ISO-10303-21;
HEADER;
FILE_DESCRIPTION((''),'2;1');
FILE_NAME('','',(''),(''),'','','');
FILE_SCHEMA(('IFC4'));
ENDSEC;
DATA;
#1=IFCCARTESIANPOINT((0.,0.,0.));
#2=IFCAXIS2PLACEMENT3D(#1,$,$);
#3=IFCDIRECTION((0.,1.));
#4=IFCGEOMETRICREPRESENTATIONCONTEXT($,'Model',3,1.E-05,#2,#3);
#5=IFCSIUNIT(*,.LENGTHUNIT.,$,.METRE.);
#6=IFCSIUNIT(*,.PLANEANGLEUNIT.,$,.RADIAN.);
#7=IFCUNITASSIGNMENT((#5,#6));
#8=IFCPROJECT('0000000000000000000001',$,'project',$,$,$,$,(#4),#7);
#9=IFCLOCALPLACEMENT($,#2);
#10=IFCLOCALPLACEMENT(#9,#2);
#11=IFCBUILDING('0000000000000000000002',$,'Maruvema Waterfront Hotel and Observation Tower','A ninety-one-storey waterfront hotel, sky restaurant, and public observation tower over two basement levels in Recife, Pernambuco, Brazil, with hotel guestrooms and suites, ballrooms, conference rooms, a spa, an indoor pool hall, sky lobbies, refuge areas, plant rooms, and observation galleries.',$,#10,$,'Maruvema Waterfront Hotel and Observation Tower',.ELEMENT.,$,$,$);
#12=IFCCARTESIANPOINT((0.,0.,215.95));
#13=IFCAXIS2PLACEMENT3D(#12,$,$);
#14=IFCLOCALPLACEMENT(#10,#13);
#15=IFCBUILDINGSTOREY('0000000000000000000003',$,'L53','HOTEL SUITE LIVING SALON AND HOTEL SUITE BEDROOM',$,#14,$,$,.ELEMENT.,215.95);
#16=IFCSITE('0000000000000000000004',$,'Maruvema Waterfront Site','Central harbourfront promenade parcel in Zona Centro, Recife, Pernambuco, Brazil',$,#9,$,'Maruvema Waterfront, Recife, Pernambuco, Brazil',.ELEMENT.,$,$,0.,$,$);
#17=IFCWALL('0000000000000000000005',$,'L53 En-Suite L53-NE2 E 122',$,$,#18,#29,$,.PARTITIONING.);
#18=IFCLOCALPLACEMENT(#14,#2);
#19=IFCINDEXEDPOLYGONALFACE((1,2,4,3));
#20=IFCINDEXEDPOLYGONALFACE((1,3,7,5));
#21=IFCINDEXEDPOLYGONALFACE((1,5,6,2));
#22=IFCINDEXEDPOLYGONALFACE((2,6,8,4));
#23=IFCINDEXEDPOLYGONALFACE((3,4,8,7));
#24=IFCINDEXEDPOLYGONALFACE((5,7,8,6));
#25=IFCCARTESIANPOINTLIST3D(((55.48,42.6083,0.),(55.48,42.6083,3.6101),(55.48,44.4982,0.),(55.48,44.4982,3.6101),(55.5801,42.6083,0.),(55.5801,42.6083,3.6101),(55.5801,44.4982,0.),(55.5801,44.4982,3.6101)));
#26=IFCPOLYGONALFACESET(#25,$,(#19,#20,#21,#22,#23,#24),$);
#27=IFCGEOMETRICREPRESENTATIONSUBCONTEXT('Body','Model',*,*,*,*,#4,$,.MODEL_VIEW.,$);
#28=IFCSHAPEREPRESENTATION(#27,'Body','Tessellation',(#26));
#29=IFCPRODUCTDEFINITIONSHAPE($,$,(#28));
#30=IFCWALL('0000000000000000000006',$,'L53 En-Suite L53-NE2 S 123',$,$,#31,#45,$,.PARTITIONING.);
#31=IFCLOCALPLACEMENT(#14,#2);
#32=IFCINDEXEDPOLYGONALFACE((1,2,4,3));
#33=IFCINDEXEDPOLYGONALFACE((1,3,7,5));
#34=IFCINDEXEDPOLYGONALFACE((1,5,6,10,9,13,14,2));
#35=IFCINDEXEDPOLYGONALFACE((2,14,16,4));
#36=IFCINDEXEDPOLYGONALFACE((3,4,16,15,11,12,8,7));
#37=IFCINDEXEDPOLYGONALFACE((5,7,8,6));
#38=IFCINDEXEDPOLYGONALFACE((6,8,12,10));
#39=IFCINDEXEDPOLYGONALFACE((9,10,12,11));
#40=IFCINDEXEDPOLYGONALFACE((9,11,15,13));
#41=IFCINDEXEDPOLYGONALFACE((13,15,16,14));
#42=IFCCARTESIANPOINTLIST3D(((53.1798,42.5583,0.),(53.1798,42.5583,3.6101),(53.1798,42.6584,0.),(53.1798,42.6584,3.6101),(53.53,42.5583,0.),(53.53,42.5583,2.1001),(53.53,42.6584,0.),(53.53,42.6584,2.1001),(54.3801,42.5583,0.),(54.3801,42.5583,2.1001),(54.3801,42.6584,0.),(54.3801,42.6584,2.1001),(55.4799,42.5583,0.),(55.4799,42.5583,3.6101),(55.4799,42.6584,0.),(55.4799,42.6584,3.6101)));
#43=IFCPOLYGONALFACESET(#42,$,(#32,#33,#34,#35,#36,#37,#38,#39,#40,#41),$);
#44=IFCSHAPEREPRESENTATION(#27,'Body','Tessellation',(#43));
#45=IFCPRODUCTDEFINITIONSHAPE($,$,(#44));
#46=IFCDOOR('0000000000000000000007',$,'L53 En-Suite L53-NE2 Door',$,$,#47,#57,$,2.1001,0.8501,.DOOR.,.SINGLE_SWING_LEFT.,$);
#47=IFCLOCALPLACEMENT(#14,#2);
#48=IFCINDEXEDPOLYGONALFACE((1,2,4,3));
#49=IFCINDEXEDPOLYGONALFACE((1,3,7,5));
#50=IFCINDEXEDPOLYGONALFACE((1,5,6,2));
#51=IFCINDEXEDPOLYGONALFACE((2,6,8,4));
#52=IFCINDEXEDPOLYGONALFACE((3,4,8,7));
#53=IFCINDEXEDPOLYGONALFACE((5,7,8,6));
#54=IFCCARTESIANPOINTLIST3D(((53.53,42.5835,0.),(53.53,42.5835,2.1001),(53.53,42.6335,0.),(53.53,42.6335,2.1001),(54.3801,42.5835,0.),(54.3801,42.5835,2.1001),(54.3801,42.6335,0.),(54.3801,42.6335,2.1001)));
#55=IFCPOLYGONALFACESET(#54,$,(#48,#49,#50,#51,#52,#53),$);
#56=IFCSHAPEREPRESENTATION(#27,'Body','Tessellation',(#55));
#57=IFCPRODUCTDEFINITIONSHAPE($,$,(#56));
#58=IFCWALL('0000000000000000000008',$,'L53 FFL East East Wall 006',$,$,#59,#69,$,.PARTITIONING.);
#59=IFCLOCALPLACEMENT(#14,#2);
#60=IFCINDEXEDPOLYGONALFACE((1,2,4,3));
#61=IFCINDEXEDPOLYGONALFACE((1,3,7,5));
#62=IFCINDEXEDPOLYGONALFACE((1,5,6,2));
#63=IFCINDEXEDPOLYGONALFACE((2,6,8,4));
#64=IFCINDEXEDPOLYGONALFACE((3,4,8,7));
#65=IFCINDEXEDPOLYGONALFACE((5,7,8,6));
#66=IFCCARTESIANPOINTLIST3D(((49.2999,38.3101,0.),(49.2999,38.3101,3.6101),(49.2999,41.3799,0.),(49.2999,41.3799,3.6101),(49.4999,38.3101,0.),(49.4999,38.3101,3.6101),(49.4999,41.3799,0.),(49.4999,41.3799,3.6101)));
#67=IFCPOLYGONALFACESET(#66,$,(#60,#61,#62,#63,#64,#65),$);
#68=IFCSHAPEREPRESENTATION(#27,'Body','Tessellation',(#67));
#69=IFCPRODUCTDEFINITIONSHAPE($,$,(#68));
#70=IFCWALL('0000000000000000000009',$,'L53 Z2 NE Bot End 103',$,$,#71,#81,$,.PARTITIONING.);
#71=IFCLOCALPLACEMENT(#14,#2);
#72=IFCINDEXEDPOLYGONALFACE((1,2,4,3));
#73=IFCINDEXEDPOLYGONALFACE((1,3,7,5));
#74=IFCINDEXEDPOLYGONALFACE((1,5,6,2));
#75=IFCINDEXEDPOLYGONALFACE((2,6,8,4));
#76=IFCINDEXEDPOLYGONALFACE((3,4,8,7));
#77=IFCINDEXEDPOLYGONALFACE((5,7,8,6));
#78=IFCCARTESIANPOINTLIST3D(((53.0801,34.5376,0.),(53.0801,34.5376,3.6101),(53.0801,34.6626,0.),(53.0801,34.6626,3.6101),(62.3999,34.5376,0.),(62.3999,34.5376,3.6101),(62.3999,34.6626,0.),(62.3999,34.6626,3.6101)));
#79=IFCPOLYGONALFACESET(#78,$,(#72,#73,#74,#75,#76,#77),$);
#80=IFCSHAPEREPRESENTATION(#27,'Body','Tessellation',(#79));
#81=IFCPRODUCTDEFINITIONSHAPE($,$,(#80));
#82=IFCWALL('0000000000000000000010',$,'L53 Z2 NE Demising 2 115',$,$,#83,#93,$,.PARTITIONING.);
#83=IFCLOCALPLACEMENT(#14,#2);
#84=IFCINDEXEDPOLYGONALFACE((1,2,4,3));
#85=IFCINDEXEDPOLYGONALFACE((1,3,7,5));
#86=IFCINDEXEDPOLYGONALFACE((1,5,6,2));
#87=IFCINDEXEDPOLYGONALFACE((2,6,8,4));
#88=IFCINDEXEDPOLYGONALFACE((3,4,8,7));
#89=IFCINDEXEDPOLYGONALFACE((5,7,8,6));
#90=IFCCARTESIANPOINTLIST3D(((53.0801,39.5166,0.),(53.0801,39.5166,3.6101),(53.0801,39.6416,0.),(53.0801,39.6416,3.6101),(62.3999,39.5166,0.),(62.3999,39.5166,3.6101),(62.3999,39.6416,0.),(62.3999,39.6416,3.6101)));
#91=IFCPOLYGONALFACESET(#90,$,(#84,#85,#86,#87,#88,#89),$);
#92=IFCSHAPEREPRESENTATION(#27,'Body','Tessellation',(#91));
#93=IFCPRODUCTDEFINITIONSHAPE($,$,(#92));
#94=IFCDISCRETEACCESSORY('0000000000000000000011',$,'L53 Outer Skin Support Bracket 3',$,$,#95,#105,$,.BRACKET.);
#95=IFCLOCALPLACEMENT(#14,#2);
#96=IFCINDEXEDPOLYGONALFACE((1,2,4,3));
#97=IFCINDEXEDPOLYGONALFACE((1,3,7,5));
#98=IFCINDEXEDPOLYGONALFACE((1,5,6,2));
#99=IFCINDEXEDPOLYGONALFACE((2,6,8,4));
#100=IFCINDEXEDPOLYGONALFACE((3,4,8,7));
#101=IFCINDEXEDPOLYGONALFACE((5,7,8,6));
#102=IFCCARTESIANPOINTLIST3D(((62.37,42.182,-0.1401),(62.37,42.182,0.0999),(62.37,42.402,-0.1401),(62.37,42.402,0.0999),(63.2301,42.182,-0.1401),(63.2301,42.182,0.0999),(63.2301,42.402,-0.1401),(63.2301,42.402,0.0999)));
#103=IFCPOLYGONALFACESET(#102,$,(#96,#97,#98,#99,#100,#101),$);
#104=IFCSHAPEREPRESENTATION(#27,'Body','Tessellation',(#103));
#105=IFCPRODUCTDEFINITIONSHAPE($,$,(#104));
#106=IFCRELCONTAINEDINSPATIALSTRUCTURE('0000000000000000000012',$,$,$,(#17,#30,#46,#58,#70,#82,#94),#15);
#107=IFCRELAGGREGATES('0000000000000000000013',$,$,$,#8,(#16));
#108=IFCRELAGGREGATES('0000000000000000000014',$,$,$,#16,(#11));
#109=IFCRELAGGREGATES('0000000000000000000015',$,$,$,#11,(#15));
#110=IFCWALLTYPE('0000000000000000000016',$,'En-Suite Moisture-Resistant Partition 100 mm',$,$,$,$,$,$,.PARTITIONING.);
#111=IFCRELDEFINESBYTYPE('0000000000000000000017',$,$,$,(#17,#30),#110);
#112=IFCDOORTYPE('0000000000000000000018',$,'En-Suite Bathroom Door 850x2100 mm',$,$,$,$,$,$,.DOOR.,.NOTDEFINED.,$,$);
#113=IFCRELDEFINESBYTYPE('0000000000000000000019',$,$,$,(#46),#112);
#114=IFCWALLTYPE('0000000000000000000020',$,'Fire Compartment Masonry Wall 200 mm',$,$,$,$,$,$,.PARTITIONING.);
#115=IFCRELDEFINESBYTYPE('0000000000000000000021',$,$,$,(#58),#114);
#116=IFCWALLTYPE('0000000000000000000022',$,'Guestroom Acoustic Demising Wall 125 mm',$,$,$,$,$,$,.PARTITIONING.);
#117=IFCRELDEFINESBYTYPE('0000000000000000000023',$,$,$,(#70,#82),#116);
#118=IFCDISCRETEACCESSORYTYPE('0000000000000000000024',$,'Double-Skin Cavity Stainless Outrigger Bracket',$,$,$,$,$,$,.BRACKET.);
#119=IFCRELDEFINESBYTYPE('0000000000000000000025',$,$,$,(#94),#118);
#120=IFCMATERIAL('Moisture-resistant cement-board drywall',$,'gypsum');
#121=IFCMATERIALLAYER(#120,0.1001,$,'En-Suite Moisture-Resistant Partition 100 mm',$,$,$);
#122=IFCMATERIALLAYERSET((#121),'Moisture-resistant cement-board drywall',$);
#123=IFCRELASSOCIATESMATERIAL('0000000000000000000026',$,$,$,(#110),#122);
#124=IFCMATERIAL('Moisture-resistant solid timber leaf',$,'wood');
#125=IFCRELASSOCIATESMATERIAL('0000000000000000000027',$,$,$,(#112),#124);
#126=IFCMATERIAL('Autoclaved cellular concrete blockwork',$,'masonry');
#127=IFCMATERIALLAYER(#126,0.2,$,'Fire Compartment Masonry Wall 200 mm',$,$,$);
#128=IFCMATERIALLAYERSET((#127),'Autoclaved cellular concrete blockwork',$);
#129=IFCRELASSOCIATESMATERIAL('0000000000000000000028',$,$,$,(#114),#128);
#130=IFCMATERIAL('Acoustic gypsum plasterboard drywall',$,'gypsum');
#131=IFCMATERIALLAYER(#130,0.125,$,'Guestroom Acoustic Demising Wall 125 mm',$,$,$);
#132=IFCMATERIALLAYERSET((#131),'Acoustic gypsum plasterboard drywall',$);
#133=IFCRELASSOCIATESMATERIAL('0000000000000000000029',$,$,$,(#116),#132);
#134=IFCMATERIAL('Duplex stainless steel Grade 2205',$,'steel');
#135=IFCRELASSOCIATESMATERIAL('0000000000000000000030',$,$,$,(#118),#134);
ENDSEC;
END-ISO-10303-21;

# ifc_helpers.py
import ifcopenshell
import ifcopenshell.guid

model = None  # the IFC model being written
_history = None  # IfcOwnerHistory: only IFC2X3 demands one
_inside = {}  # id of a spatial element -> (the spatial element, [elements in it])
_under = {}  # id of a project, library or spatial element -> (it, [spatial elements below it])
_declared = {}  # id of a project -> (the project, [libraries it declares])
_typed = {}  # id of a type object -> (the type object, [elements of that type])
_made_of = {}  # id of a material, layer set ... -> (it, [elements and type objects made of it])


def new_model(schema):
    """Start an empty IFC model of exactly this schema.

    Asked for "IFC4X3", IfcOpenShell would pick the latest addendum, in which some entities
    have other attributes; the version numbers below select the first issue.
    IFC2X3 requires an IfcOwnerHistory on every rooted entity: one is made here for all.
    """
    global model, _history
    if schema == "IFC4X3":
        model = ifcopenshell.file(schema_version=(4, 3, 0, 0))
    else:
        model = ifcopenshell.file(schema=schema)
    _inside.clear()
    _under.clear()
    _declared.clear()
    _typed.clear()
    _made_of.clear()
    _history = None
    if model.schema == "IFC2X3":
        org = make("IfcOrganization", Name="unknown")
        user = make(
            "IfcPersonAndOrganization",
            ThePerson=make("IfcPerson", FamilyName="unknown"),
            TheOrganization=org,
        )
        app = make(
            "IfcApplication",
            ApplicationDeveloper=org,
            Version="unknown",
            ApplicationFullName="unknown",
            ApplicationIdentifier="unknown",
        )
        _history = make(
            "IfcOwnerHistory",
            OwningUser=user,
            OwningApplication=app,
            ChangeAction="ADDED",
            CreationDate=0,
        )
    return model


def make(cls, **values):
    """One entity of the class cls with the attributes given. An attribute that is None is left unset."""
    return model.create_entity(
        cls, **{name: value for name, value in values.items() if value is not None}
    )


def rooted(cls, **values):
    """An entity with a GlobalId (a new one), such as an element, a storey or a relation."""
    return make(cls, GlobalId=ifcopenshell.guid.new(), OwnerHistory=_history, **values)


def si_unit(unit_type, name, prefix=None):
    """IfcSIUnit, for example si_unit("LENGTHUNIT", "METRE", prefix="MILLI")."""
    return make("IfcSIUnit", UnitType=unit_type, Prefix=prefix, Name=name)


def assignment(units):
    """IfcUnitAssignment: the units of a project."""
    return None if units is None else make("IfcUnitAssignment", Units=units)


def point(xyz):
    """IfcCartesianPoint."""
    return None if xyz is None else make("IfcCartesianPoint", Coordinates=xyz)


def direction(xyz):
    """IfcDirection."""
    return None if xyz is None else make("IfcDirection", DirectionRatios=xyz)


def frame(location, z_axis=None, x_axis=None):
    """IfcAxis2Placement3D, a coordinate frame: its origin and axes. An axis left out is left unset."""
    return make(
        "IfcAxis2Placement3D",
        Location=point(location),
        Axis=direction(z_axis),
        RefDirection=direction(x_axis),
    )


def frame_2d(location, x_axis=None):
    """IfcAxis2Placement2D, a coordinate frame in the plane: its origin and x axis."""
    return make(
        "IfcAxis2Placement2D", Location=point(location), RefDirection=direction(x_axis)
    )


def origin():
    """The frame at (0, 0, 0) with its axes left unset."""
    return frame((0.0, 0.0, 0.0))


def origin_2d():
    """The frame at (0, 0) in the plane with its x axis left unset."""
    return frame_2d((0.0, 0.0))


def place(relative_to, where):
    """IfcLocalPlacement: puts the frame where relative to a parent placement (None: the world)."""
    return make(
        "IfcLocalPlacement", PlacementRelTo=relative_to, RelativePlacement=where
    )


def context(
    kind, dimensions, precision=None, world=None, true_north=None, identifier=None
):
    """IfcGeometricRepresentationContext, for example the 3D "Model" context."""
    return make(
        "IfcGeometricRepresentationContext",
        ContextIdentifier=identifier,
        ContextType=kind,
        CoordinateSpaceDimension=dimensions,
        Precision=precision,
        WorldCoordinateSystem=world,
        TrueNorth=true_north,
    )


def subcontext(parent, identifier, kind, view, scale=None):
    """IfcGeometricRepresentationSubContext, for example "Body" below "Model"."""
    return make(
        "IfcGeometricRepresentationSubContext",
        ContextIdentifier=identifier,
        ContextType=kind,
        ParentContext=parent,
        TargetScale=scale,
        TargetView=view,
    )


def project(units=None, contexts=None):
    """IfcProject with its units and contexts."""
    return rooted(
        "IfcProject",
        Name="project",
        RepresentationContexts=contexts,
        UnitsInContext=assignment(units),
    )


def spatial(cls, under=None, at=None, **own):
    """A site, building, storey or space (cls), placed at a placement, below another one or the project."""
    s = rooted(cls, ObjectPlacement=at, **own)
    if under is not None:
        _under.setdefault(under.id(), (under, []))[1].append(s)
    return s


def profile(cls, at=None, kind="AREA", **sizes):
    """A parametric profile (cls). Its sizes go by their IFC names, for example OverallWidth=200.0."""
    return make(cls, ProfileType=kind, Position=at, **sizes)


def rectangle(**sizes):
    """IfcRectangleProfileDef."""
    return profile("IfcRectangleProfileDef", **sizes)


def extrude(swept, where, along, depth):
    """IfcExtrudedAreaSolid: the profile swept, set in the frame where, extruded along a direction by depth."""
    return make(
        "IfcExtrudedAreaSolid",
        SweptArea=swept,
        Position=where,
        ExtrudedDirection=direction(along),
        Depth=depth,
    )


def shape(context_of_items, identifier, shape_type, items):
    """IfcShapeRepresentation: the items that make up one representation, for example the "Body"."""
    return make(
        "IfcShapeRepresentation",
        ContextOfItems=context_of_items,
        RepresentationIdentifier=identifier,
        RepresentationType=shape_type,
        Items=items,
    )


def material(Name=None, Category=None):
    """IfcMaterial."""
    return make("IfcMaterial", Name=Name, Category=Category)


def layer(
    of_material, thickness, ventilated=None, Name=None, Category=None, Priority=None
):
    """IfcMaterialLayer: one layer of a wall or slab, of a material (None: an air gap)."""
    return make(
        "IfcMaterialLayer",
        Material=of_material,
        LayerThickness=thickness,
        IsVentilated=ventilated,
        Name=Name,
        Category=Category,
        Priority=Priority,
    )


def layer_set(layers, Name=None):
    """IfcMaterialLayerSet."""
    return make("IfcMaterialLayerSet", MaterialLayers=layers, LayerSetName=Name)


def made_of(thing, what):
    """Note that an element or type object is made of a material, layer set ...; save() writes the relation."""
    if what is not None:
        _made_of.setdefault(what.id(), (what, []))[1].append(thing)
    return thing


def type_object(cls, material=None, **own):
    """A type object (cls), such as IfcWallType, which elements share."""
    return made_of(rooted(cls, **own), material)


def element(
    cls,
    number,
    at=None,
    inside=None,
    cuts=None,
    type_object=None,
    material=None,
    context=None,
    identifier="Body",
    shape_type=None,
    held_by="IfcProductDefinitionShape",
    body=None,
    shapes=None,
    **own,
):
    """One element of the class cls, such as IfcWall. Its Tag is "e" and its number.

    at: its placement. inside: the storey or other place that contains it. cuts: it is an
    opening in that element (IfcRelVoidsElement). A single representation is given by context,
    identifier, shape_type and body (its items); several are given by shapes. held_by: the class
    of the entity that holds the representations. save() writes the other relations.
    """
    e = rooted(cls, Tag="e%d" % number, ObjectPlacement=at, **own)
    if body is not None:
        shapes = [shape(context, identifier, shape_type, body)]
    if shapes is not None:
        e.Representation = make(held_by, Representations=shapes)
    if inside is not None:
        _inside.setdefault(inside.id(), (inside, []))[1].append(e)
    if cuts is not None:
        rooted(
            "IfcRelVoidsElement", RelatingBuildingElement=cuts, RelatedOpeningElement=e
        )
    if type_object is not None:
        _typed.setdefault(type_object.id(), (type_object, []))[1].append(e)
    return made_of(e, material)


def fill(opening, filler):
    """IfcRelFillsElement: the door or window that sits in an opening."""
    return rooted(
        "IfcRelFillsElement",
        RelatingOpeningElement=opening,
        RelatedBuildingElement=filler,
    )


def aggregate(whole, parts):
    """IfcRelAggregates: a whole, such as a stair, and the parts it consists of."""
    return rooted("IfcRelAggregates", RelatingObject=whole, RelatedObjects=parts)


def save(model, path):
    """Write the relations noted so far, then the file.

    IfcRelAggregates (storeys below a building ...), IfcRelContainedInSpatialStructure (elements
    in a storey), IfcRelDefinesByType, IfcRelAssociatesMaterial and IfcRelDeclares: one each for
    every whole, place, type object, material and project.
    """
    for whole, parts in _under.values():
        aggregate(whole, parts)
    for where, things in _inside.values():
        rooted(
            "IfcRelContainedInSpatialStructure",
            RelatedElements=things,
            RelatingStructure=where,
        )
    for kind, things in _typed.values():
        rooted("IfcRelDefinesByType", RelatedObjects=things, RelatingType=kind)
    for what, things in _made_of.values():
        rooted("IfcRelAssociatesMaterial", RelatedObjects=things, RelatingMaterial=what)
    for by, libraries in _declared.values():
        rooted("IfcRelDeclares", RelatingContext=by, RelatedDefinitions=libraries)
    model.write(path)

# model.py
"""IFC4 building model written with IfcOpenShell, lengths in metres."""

from ifc_helpers import new_model, si_unit, direction, frame, frame_2d, origin, origin_2d, place, context, subcontext, project, spatial, rectangle, extrude, material, layer, layer_set, type_object, element, fill, save


model = new_model("IFC4")

# Units and contexts
model_context = context("Model", 3, precision=1e-05, world=origin(), true_north=direction((0.0, 1.0)))
body_context = subcontext(model_context, "Body", "Model", "MODEL_VIEW")
ifc_project = project(units=[si_unit("LENGTHUNIT", "METRE"), si_unit("PLANEANGLEUNIT", "RADIAN")], contexts=[model_context])

# Site, building, storey
site_placement = place(None, origin())
site = spatial("IfcSite", under=ifc_project, at=site_placement, Name="Maruvema Waterfront Site", Description="Central harbourfront promenade parcel in Zona Centro, Recife, Pernambuco, Brazil", LongName="Maruvema Waterfront, Recife, Pernambuco, Brazil", CompositionType="ELEMENT", RefElevation=0.0)
building_placement = place(site_placement, origin())
building = spatial("IfcBuilding", under=site, at=building_placement, Name="Maruvema Waterfront Hotel and Observation Tower", Description="A ninety-one-storey waterfront hotel, sky restaurant, and public observation tower over two basement levels in Recife, Pernambuco, Brazil, with hotel guestrooms and suites, ballrooms, conference rooms, a spa, an indoor pool hall, sky lobbies, refuge areas, plant rooms, and observation galleries.", LongName="Maruvema Waterfront Hotel and Observation Tower", CompositionType="ELEMENT")
storey_placement = place(building_placement, frame((0.0, 0.0, 215.95)))
storey = spatial("IfcBuildingStorey", under=building, at=storey_placement, Name="L53", Description="HOTEL SUITE LIVING SALON AND HOTEL SUITE BEDROOM", CompositionType="ELEMENT", Elevation=215.95)

# Shared definitions
ifc_material_1 = material(Name="Moisture-resistant cement-board drywall", Category="gypsum")
ifc_layer_1 = layer(ifc_material_1, 0.1001, Name="En-Suite Moisture-Resistant Partition 100 mm")
ifc_layer_set_1 = layer_set([ifc_layer_1], Name="Moisture-resistant cement-board drywall")
wall_type_1 = type_object("IfcWallType", Name="En-Suite Moisture-Resistant Partition 100 mm", PredefinedType="PARTITIONING", material=ifc_layer_set_1)

# Shared definitions
ifc_material_2 = material(Name="Moisture-resistant solid timber leaf", Category="wood")
door_type_1 = type_object("IfcDoorType", Name="En-Suite Bathroom Door 850x2100 mm", OperationType="NOTDEFINED", PredefinedType="DOOR", material=ifc_material_2)

# Wall
wall_1_placement = place(storey_placement, frame((55.53, 42.6084, 0.0), z_axis=(0.0, 0.0, 1.0), x_axis=(0.0, 1.0, 0.0)))
element("IfcWall", 1, at=wall_1_placement, inside=storey, type_object=wall_type_1, Name="L53 En-Suite L53-NE2 E 122", PredefinedType="PARTITIONING", context=body_context, shape_type="SweptSolid", body=[
    extrude(rectangle(XDim=1.8899, YDim=0.1001, at=frame_2d((0.9448, 0.0))), origin(), (0.0, 0.0, 1.0), 3.6101),
])

# Wall, opening, door
wall_2_placement = place(storey_placement, frame((53.1799, 42.6084, 0.0), z_axis=(0.0, 0.0, 1.0), x_axis=(1.0, 0.0, 0.0)))
wall_2 = element("IfcWall", 2, at=wall_2_placement, inside=storey, type_object=wall_type_1, Name="L53 En-Suite L53-NE2 S 123", PredefinedType="PARTITIONING", context=body_context, shape_type="SweptSolid", body=[
    extrude(rectangle(XDim=2.3, YDim=0.1001, at=frame_2d((1.1499, 0.0))), origin(), (0.0, 0.0, 1.0), 3.6101),
])
opening_1_placement = place(wall_2_placement, frame((0.3501, 0.0, 0.0)))
opening_1 = element("IfcOpeningElement", 3, at=opening_1_placement, cuts=wall_2, PredefinedType="OPENING", context=body_context, shape_type="SweptSolid", body=[
    extrude(rectangle(XDim=0.8501, YDim=2.1001, at=frame_2d((0.425, 1.05))), frame((0.0, 0.0601, 0.0), z_axis=(0.0, -1.0, 0.0), x_axis=(1.0, 0.0, 0.0)), (0.0, 0.0, 1.0), 0.1201),
])
door_1_placement = place(opening_1_placement, frame((0.8501, 0.0, 0.0), z_axis=(0.0, 0.0, 1.0), x_axis=(-1.0, 0.0, 0.0)))
door_1 = element("IfcDoor", 4, at=door_1_placement, inside=storey, type_object=door_type_1, Name="L53 En-Suite L53-NE2 Door", OperationType="SINGLE_SWING_LEFT", OverallHeight=2.1001, OverallWidth=0.8501, PredefinedType="DOOR", context=body_context, shape_type="SweptSolid", body=[
    extrude(rectangle(XDim=0.8501, YDim=2.1001, at=frame_2d((0.425, 1.05))), frame((0.0, 0.0249, 0.0), z_axis=(0.0, -1.0, 0.0), x_axis=(1.0, 0.0, 0.0)), (0.0, 0.0, 1.0), 0.05),
])
fill(opening_1, door_1)

# Walls
ifc_material_3 = material(Name="Autoclaved cellular concrete blockwork", Category="masonry")
ifc_layer_2 = layer(ifc_material_3, 0.2, Name="Fire Compartment Masonry Wall 200 mm")
ifc_layer_set_2 = layer_set([ifc_layer_2], Name="Autoclaved cellular concrete blockwork")
wall_type_2 = type_object("IfcWallType", Name="Fire Compartment Masonry Wall 200 mm", PredefinedType="PARTITIONING", material=ifc_layer_set_2)
wall_3_placement = place(storey_placement, frame((49.3999, 38.3101, 0.0), z_axis=(0.0, 0.0, 1.0), x_axis=(0.0, 1.0, 0.0)))
element("IfcWall", 5, at=wall_3_placement, inside=storey, type_object=wall_type_2, Name="L53 FFL East East Wall 006", PredefinedType="PARTITIONING", context=body_context, shape_type="SweptSolid", body=[
    extrude(rectangle(XDim=3.0698, YDim=0.2, at=frame_2d((1.5349, 0.0))), origin(), (0.0, 0.0, 1.0), 3.6101),
])
ifc_material_4 = material(Name="Acoustic gypsum plasterboard drywall", Category="gypsum")
ifc_layer_3 = layer(ifc_material_4, 0.125, Name="Guestroom Acoustic Demising Wall 125 mm")
ifc_layer_set_3 = layer_set([ifc_layer_3], Name="Acoustic gypsum plasterboard drywall")
wall_type_3 = type_object("IfcWallType", Name="Guestroom Acoustic Demising Wall 125 mm", PredefinedType="PARTITIONING", material=ifc_layer_set_3)
for number, where, z_axis, x_axis, name in (
    (6, (53.0801, 34.6001, 0.0), (0.0, 0.0, 1.0), (1.0, 0.0, 0.0), "L53 Z2 NE Bot End 103"),
    (7, (53.0801, 39.5791, 0.0), (0.0, 0.0, 1.0), (1.0, 0.0, 0.0), "L53 Z2 NE Demising 2 115"),
):
    element("IfcWall", number, at=place(storey_placement, frame(where, z_axis=z_axis, x_axis=x_axis)), inside=storey, type_object=wall_type_3, Name=name, PredefinedType="PARTITIONING", context=body_context, shape_type="SweptSolid", body=[
        extrude(rectangle(XDim=9.3198, YDim=0.125, at=frame_2d((4.6599, 0.0))), origin(), (0.0, 0.0, 1.0), 3.6101),
    ])

# Discrete accessory
ifc_material_5 = material(Name="Duplex stainless steel Grade 2205", Category="steel")
discrete_accessory_type = type_object("IfcDiscreteAccessoryType", Name="Double-Skin Cavity Stainless Outrigger Bracket", PredefinedType="BRACKET", material=ifc_material_5)
discrete_accessory_placement = place(storey_placement, frame((62.8, 42.292, -0.1401), z_axis=(0.0, 0.0, 1.0), x_axis=(0.0, 1.0, 0.0)))
element("IfcDiscreteAccessory", 8, at=discrete_accessory_placement, inside=storey, type_object=discrete_accessory_type, Name="L53 Outer Skin Support Bracket 3", PredefinedType="BRACKET", context=body_context, shape_type="SweptSolid", body=[
    extrude(rectangle(XDim=0.22, YDim=0.8601, at=origin_2d()), origin(), (0.0, 0.0, 1.0), 0.24),
])

save(model, "model.ifc")
